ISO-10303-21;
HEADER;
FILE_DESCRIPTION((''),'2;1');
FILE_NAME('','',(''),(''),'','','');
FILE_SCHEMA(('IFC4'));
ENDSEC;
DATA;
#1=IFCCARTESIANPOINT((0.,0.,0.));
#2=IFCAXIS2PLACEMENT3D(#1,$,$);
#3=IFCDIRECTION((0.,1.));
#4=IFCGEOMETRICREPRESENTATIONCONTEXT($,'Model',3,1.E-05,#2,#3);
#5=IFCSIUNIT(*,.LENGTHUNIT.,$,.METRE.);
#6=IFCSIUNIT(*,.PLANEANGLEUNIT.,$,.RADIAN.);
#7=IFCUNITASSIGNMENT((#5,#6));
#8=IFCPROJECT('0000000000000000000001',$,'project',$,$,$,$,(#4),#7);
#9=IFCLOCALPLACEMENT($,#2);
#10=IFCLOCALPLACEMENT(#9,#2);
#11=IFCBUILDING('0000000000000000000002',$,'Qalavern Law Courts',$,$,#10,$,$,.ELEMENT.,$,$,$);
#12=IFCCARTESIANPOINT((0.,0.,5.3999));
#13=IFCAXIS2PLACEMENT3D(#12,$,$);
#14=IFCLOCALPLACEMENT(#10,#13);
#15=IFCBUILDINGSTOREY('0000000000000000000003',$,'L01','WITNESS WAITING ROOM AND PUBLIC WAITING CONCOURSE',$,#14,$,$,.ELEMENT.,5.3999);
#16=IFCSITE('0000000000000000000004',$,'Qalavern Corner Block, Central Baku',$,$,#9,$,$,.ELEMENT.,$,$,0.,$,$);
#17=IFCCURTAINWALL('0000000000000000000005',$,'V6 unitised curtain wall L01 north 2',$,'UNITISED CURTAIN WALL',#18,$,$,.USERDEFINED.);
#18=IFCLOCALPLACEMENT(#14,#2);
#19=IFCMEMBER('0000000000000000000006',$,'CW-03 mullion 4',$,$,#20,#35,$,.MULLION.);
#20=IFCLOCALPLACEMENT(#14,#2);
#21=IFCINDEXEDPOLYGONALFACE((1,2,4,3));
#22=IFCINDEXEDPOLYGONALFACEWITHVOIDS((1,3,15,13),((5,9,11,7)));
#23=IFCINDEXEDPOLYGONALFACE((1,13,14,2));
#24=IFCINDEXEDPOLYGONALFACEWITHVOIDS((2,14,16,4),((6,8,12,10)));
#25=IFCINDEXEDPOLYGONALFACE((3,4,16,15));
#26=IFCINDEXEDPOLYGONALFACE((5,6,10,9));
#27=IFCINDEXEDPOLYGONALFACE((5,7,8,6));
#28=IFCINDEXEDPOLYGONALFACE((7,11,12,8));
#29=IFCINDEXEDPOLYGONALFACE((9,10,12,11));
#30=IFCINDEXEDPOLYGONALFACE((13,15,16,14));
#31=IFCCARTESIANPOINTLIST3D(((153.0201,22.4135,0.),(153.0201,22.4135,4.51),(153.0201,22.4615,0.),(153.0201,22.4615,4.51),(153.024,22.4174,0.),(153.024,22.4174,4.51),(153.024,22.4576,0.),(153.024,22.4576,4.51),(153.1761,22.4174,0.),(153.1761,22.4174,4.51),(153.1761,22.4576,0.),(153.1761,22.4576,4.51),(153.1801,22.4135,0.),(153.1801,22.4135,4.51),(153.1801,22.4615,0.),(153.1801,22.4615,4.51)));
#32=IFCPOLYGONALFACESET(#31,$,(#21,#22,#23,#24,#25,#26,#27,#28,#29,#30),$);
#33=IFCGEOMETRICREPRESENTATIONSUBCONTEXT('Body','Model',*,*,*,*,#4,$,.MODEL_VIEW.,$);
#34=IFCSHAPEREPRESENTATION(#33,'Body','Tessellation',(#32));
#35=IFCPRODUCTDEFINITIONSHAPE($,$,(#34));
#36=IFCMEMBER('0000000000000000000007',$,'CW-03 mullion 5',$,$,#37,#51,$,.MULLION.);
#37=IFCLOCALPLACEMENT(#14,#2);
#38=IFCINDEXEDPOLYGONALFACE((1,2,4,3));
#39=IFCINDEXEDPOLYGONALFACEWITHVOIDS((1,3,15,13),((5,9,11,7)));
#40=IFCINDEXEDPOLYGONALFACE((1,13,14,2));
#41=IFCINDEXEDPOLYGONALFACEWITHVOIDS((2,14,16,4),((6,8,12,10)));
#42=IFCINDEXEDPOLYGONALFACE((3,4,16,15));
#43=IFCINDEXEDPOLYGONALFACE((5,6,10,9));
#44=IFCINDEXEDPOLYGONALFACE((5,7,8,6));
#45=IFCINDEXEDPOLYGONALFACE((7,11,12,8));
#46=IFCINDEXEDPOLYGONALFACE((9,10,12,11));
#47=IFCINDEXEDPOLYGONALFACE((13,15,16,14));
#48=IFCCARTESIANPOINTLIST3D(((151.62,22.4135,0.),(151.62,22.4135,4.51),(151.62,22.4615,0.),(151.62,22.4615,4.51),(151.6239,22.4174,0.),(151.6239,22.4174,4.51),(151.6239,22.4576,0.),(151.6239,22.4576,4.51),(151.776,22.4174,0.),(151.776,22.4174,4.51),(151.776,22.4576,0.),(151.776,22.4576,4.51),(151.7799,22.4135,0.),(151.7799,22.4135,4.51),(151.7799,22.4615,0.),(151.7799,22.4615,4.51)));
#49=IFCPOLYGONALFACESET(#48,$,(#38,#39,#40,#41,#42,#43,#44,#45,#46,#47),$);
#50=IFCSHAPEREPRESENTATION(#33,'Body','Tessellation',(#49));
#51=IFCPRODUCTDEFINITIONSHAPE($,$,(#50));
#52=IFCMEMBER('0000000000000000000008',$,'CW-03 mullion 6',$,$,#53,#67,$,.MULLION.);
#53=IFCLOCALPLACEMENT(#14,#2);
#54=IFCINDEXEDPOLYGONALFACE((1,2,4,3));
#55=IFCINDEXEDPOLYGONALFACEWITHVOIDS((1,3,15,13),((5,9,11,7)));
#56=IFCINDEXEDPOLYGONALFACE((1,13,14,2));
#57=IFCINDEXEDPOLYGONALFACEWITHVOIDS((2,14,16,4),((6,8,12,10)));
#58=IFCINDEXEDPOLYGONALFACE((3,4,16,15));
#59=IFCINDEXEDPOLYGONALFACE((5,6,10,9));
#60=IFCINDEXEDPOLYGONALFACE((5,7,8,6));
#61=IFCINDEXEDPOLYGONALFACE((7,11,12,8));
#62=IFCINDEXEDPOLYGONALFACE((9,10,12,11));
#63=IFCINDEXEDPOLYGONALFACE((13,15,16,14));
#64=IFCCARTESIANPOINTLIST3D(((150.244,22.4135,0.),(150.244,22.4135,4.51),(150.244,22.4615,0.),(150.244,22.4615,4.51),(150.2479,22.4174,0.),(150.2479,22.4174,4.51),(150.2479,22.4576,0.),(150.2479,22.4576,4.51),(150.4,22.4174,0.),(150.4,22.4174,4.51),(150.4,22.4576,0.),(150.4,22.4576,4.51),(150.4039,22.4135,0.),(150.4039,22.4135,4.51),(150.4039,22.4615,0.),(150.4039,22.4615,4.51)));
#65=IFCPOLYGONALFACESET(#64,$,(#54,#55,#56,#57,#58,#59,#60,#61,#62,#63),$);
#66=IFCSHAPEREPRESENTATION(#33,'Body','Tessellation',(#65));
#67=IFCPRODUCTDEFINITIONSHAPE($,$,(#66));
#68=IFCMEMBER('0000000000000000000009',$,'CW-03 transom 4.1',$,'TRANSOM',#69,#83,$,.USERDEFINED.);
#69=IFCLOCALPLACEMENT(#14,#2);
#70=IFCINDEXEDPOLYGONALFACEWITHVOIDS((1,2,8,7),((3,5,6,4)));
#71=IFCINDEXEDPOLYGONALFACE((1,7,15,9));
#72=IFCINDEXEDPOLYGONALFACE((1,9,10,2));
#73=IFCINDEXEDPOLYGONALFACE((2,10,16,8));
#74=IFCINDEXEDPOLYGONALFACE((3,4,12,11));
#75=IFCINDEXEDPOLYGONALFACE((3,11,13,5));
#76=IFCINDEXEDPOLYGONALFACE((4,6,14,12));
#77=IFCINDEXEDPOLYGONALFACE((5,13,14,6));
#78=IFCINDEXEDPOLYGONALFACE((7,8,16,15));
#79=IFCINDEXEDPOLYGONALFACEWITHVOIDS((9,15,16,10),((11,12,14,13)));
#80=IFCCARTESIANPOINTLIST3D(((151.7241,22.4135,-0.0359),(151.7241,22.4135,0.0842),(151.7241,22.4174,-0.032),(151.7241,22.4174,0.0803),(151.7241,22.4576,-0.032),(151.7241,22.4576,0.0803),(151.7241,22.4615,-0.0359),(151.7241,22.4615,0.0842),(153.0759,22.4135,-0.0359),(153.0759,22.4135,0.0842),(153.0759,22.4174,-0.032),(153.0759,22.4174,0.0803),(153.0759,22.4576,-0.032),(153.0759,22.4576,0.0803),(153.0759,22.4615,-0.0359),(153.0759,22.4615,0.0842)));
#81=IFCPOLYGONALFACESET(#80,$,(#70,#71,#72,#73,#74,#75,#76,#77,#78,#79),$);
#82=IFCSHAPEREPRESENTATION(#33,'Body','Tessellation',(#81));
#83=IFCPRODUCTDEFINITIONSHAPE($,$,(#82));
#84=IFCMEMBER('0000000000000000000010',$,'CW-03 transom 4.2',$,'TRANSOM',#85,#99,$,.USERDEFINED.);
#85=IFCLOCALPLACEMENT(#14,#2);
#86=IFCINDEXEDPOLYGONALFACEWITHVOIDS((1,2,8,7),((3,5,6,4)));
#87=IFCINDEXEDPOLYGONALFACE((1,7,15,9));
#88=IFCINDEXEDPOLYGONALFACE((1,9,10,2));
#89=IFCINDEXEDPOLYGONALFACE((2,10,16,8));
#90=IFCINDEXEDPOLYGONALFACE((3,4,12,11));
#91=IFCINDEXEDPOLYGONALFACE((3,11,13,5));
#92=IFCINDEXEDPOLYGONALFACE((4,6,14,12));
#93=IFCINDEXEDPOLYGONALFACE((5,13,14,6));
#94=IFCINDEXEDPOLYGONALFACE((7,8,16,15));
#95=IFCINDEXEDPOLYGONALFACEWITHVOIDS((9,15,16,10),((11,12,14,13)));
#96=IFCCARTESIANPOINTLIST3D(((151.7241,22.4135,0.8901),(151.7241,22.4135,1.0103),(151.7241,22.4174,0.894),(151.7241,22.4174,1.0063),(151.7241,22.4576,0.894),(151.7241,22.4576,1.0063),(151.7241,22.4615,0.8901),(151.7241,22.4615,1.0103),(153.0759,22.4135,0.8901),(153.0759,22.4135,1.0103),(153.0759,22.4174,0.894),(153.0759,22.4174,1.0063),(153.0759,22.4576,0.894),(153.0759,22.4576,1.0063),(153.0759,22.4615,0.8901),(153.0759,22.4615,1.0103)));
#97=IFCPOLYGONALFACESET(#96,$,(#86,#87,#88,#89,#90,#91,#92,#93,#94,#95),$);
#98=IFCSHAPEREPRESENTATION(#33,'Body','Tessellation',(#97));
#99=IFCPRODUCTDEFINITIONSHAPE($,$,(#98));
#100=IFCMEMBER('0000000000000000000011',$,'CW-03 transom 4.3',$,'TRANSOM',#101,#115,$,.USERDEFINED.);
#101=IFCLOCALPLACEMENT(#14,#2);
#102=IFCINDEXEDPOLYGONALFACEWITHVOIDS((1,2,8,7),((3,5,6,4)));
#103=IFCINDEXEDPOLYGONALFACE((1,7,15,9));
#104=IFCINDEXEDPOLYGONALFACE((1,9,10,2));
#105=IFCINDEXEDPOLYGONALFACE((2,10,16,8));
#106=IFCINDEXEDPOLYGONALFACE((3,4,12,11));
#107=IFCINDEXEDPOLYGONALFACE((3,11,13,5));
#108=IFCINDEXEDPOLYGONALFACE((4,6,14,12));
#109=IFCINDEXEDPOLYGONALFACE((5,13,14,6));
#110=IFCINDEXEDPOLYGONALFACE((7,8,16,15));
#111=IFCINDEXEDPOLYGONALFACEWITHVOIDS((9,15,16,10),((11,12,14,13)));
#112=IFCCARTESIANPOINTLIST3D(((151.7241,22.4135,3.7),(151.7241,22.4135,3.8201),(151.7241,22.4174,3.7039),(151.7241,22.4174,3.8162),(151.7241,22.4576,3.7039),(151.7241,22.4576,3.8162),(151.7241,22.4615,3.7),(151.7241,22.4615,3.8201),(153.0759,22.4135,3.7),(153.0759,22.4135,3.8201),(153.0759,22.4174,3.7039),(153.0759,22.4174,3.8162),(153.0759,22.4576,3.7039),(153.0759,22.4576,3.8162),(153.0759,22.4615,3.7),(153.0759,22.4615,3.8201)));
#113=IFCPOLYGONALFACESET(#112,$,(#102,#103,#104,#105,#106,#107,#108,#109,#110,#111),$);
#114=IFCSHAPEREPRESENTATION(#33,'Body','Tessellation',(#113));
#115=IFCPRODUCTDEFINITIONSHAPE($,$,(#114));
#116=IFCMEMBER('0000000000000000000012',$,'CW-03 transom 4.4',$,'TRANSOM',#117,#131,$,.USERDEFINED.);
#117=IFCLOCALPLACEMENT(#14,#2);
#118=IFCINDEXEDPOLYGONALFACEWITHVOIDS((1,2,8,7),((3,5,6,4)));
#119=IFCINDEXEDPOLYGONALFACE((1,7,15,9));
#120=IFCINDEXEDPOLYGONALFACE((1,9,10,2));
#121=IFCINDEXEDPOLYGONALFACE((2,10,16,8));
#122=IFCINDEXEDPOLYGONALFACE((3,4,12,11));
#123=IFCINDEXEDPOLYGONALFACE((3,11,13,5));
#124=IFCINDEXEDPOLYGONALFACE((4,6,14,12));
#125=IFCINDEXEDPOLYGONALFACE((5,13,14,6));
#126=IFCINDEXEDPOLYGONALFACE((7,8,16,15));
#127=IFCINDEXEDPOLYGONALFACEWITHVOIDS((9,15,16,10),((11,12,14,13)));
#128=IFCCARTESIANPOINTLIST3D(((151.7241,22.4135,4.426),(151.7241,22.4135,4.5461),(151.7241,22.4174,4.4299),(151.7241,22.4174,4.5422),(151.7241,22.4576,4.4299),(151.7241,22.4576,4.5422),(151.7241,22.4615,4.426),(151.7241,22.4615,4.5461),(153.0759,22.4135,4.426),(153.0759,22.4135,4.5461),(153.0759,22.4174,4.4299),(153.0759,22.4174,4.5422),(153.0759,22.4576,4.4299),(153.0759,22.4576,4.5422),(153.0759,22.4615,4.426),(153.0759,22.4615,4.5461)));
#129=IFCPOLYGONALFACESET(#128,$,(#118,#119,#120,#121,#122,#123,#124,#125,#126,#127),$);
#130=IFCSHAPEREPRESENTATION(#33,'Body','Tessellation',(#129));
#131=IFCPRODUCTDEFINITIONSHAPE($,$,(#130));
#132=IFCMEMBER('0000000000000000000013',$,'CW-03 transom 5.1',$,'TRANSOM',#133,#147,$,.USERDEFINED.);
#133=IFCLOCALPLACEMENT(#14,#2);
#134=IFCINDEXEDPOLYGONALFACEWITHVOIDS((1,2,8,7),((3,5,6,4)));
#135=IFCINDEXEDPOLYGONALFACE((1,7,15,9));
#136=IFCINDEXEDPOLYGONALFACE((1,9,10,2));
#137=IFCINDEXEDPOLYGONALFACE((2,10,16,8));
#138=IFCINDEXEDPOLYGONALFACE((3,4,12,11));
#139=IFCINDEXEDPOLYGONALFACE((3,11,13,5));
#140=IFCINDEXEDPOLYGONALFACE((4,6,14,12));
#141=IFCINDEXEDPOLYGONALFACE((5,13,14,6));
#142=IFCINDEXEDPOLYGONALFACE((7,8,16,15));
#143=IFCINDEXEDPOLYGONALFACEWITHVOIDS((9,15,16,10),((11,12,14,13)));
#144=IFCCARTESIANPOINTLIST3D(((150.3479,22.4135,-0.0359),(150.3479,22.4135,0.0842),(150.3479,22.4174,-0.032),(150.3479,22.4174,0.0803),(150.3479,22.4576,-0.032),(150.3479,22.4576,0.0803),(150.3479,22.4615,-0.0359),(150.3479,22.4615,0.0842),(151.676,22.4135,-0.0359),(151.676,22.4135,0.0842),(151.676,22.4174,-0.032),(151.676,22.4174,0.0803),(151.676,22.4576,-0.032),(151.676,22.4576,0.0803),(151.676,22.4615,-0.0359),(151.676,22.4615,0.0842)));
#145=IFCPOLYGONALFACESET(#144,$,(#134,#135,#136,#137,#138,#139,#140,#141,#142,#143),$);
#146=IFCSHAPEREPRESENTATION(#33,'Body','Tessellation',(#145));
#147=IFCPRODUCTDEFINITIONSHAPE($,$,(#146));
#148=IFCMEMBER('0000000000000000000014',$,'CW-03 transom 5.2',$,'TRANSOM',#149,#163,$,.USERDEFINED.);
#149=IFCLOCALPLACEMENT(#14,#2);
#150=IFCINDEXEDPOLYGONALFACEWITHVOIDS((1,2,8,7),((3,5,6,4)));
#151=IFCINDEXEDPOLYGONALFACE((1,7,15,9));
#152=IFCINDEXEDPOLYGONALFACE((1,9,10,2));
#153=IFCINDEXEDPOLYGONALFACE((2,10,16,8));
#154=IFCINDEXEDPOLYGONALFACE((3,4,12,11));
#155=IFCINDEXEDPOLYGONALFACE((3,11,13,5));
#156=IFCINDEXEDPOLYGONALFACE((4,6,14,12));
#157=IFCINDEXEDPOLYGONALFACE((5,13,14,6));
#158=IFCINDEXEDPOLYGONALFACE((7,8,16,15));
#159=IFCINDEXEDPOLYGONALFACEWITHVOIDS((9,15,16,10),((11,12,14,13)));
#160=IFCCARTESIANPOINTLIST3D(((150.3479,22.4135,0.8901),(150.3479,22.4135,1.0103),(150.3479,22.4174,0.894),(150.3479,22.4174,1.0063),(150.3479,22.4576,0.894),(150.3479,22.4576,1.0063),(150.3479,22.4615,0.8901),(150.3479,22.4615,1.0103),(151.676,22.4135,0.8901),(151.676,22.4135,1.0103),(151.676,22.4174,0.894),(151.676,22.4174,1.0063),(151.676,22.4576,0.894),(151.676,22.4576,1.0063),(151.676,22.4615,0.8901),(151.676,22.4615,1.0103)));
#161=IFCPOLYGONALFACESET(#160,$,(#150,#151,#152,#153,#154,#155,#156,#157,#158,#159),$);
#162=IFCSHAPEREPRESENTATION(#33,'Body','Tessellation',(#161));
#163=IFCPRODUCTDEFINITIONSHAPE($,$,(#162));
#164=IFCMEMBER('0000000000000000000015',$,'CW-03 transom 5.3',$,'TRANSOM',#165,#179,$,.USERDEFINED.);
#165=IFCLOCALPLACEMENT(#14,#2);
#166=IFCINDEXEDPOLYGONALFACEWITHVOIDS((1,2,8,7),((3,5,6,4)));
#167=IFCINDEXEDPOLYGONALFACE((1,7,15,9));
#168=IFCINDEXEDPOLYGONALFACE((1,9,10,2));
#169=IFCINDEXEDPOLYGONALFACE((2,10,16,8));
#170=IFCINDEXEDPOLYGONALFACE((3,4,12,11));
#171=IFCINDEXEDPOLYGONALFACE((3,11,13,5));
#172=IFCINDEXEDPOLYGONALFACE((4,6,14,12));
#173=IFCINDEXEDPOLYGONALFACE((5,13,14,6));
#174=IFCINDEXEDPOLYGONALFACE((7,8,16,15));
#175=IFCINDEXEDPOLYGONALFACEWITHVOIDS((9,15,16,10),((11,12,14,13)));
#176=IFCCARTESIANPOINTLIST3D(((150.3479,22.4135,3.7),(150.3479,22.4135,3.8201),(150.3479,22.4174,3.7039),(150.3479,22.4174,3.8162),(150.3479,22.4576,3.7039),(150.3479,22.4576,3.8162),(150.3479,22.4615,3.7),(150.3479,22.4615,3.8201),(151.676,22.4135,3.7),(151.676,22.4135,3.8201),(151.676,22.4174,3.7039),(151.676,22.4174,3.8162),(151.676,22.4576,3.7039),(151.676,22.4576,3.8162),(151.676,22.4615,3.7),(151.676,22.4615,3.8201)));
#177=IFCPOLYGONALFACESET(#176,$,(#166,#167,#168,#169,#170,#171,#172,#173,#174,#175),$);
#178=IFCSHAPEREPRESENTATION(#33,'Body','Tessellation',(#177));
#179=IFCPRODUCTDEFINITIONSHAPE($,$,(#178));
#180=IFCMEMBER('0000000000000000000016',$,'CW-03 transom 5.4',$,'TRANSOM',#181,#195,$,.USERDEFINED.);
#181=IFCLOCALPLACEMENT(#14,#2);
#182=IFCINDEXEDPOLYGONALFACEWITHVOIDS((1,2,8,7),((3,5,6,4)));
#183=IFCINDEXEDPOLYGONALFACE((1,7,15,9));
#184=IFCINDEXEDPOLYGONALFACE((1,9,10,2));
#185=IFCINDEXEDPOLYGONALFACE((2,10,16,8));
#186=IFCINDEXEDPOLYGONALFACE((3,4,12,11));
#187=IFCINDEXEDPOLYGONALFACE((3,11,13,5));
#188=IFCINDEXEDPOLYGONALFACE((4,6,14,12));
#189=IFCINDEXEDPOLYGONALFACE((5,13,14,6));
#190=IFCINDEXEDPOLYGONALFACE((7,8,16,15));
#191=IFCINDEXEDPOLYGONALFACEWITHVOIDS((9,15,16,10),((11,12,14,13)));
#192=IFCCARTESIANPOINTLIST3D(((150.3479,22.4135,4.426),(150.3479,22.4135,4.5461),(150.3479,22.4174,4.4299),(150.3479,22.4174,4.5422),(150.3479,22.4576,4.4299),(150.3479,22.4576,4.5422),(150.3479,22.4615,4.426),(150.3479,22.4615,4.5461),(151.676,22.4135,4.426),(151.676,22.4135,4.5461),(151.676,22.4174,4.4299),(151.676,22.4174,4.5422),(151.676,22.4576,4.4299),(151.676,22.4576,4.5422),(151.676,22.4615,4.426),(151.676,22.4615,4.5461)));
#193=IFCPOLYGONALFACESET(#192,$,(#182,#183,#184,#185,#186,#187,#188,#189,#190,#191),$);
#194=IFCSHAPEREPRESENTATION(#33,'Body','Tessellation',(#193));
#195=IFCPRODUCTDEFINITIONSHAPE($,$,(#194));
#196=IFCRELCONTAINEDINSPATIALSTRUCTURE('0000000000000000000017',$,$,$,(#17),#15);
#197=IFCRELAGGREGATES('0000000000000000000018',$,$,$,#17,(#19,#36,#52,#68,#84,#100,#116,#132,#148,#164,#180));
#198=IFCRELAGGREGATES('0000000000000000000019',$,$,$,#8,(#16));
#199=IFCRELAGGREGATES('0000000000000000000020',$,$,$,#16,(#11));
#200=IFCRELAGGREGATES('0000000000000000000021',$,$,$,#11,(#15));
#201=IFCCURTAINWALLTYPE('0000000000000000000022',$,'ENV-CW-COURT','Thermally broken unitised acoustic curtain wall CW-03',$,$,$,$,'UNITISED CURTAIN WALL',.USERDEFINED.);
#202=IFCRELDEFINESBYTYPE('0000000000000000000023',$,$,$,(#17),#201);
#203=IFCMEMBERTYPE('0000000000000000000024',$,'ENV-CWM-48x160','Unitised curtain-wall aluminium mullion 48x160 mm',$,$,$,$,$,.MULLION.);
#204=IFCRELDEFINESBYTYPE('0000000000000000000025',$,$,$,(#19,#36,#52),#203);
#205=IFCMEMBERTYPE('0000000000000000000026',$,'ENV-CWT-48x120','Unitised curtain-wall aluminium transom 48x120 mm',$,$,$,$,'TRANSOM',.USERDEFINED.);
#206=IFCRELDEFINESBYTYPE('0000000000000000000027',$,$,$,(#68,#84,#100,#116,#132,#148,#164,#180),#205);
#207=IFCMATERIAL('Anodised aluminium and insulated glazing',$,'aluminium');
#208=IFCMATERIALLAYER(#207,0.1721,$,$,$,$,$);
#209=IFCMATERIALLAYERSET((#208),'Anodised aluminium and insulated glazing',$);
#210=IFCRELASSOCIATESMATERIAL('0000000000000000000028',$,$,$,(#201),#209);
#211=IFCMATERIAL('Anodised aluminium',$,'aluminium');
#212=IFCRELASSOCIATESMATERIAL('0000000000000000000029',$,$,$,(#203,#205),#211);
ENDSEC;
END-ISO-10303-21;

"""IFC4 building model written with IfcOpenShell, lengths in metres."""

from ifc_helpers import new_model, si_unit, direction, frame, origin, origin_2d, place, context, subcontext, project, spatial, hollow_rectangle, extrude, material, layer, layer_set, material_profile, profile_set, type_object, element, aggregate, save


model = new_model("IFC4")

# Units and contexts
model_context = context("Model", 3, precision=1e-05, world=origin(), true_north=direction((0.0, 1.0)))
body_context = subcontext(model_context, "Body", "Model", "MODEL_VIEW")
ifc_project = project(units=[si_unit("LENGTHUNIT", "METRE"), si_unit("PLANEANGLEUNIT", "RADIAN")], contexts=[model_context])

# Site, building, storey
site_placement = place(None, origin())
site = spatial("IfcSite", under=ifc_project, at=site_placement, Name="Qalavern Corner Block, Central Baku", CompositionType="ELEMENT", RefElevation=0.0)
building_placement = place(site_placement, origin())
building = spatial("IfcBuilding", under=site, at=building_placement, Name="Qalavern Law Courts", CompositionType="ELEMENT")
storey_placement = place(building_placement, frame((0.0, 0.0, 5.3999)))
storey = spatial("IfcBuildingStorey", under=building, at=storey_placement, Name="L01", Description="WITNESS WAITING ROOM AND PUBLIC WAITING CONCOURSE", CompositionType="ELEMENT", Elevation=5.3999)

# Curtain wall, members
ifc_material_1 = material(Name="Anodised aluminium and insulated glazing", Category="aluminium")
ifc_layer_1 = layer(ifc_material_1, 0.1721)
ifc_layer_set_1 = layer_set([ifc_layer_1], Name="Anodised aluminium and insulated glazing")
curtain_wall_type = type_object("IfcCurtainWallType", Name="ENV-CW-COURT", Description="Thermally broken unitised acoustic curtain wall CW-03", ElementType="UNITISED CURTAIN WALL", PredefinedType="USERDEFINED", material=ifc_layer_set_1)
curtain_wall_placement = place(storey_placement, origin())
curtain_wall = element("IfcCurtainWall", 1, at=curtain_wall_placement, inside=storey, type_object=curtain_wall_type, Name="V6 unitised curtain wall L01 north 2", ObjectType="UNITISED CURTAIN WALL", PredefinedType="USERDEFINED")
ifc_material_2 = material(Name="Anodised aluminium", Category="aluminium")
ifc_material_profile_1 = material_profile(ifc_material_2, hollow_rectangle(XDim=0.0481, YDim=0.1599, WallThickness=0.0039, at=origin_2d()), Name="ALU MULLION 48x160")
ifc_profile_set_1 = profile_set([ifc_material_profile_1], Name="Anodised aluminium")
member_type_1 = type_object("IfcMemberType", Name="ENV-CWM-48x160", Description="Unitised curtain-wall aluminium mullion 48x160 mm", PredefinedType="MULLION", material=ifc_profile_set_1)
member_1_placement = place(storey_placement, frame((153.1001, 22.4375, 0.0), z_axis=(0.0, 0.0, 1.0), x_axis=(0.0, -1.0, 0.0)))
member_1 = element("IfcMember", 2, at=member_1_placement, type_object=member_type_1, Name="CW-03 mullion 4", PredefinedType="MULLION", context=body_context, shape_type="SweptSolid", body=[
    extrude(hollow_rectangle(XDim=0.0481, YDim=0.1599, WallThickness=0.0039, at=origin_2d()), origin(), (0.0, 0.0, 1.0), 4.51),
])
member_2_placement = place(storey_placement, frame((151.7, 22.4375, 0.0), z_axis=(0.0, 0.0, 1.0), x_axis=(0.0, -1.0, 0.0)))
member_2 = element("IfcMember", 3, at=member_2_placement, type_object=member_type_1, Name="CW-03 mullion 5", PredefinedType="MULLION", context=body_context, shape_type="SweptSolid", body=[
    extrude(hollow_rectangle(XDim=0.0481, YDim=0.1599, WallThickness=0.0039, at=origin_2d()), origin(), (0.0, 0.0, 1.0), 4.51),
])
member_3_placement = place(storey_placement, frame((150.324, 22.4375, 0.0), z_axis=(0.0, 0.0, 1.0), x_axis=(0.0, -1.0, 0.0)))
member_3 = element("IfcMember", 4, at=member_3_placement, type_object=member_type_1, Name="CW-03 mullion 6", PredefinedType="MULLION", context=body_context, shape_type="SweptSolid", body=[
    extrude(hollow_rectangle(XDim=0.0481, YDim=0.1599, WallThickness=0.0039, at=origin_2d()), origin(), (0.0, 0.0, 1.0), 4.51),
])
ifc_material_profile_2 = material_profile(ifc_material_2, hollow_rectangle(XDim=0.0481, YDim=0.1201, WallThickness=0.0039, at=origin_2d()), Name="ALU TRANSOM 48x120")
ifc_profile_set_2 = profile_set([ifc_material_profile_2], Name="Anodised aluminium")
member_type_2 = type_object("IfcMemberType", Name="ENV-CWT-48x120", Description="Unitised curtain-wall aluminium transom 48x120 mm", ElementType="TRANSOM", PredefinedType="USERDEFINED", material=ifc_profile_set_2)
member_4_placement = place(storey_placement, frame((153.0759, 22.4375, 0.0242), z_axis=(-1.0, 0.0, 0.0), x_axis=(0.0, -1.0, 0.0)))
member_4 = element("IfcMember", 5, at=member_4_placement, type_object=member_type_2, Name="CW-03 transom 4.1", ObjectType="TRANSOM", PredefinedType="USERDEFINED", context=body_context, shape_type="SweptSolid", body=[
    extrude(hollow_rectangle(XDim=0.0481, YDim=0.1201, WallThickness=0.0039, at=origin_2d()), origin(), (0.0, 0.0, 1.0), 1.3518),
])
member_5_placement = place(storey_placement, frame((153.0759, 22.4375, 0.9502), z_axis=(-1.0, 0.0, 0.0), x_axis=(0.0, -1.0, 0.0)))
member_5 = element("IfcMember", 6, at=member_5_placement, type_object=member_type_2, Name="CW-03 transom 4.2", ObjectType="TRANSOM", PredefinedType="USERDEFINED", context=body_context, shape_type="SweptSolid", body=[
    extrude(hollow_rectangle(XDim=0.0481, YDim=0.1201, WallThickness=0.0039, at=origin_2d()), origin(), (0.0, 0.0, 1.0), 1.3518),
])
member_6_placement = place(storey_placement, frame((153.0759, 22.4375, 3.76), z_axis=(-1.0, 0.0, 0.0), x_axis=(0.0, -1.0, 0.0)))
member_6 = element("IfcMember", 7, at=member_6_placement, type_object=member_type_2, Name="CW-03 transom 4.3", ObjectType="TRANSOM", PredefinedType="USERDEFINED", context=body_context, shape_type="SweptSolid", body=[
    extrude(hollow_rectangle(XDim=0.0481, YDim=0.1201, WallThickness=0.0039, at=origin_2d()), origin(), (0.0, 0.0, 1.0), 1.3518),
])
member_7_placement = place(storey_placement, frame((153.0759, 22.4375, 4.4861), z_axis=(-1.0, 0.0, 0.0), x_axis=(0.0, -1.0, 0.0)))
member_7 = element("IfcMember", 8, at=member_7_placement, type_object=member_type_2, Name="CW-03 transom 4.4", ObjectType="TRANSOM", PredefinedType="USERDEFINED", context=body_context, shape_type="SweptSolid", body=[
    extrude(hollow_rectangle(XDim=0.0481, YDim=0.1201, WallThickness=0.0039, at=origin_2d()), origin(), (0.0, 0.0, 1.0), 1.3518),
])
member_8_placement = place(storey_placement, frame((151.676, 22.4375, 0.0242), z_axis=(-1.0, 0.0, 0.0), x_axis=(0.0, -1.0, 0.0)))
member_8 = element("IfcMember", 9, at=member_8_placement, type_object=member_type_2, Name="CW-03 transom 5.1", ObjectType="TRANSOM", PredefinedType="USERDEFINED", context=body_context, shape_type="SweptSolid", body=[
    extrude(hollow_rectangle(XDim=0.0481, YDim=0.1201, WallThickness=0.0039, at=origin_2d()), origin(), (0.0, 0.0, 1.0), 1.3281),
])
member_9_placement = place(storey_placement, frame((151.676, 22.4375, 0.9502), z_axis=(-1.0, 0.0, 0.0), x_axis=(0.0, -1.0, 0.0)))
member_9 = element("IfcMember", 10, at=member_9_placement, type_object=member_type_2, Name="CW-03 transom 5.2", ObjectType="TRANSOM", PredefinedType="USERDEFINED", context=body_context, shape_type="SweptSolid", body=[
    extrude(hollow_rectangle(XDim=0.0481, YDim=0.1201, WallThickness=0.0039, at=origin_2d()), origin(), (0.0, 0.0, 1.0), 1.3281),
])
member_10_placement = place(storey_placement, frame((151.676, 22.4375, 3.76), z_axis=(-1.0, 0.0, 0.0), x_axis=(0.0, -1.0, 0.0)))
member_10 = element("IfcMember", 11, at=member_10_placement, type_object=member_type_2, Name="CW-03 transom 5.3", ObjectType="TRANSOM", PredefinedType="USERDEFINED", context=body_context, shape_type="SweptSolid", body=[
    extrude(hollow_rectangle(XDim=0.0481, YDim=0.1201, WallThickness=0.0039, at=origin_2d()), origin(), (0.0, 0.0, 1.0), 1.3281),
])
member_11_placement = place(storey_placement, frame((151.676, 22.4375, 4.4861), z_axis=(-1.0, 0.0, 0.0), x_axis=(0.0, -1.0, 0.0)))
member_11 = element("IfcMember", 12, at=member_11_placement, type_object=member_type_2, Name="CW-03 transom 5.4", ObjectType="TRANSOM", PredefinedType="USERDEFINED", context=body_context, shape_type="SweptSolid", body=[
    extrude(hollow_rectangle(XDim=0.0481, YDim=0.1201, WallThickness=0.0039, at=origin_2d()), origin(), (0.0, 0.0, 1.0), 1.3281),
])
aggregate(curtain_wall, [member_1, member_2, member_3, member_4, member_5, member_6, member_7, member_8, member_9, member_10, member_11])

save(model, "model.ifc")
